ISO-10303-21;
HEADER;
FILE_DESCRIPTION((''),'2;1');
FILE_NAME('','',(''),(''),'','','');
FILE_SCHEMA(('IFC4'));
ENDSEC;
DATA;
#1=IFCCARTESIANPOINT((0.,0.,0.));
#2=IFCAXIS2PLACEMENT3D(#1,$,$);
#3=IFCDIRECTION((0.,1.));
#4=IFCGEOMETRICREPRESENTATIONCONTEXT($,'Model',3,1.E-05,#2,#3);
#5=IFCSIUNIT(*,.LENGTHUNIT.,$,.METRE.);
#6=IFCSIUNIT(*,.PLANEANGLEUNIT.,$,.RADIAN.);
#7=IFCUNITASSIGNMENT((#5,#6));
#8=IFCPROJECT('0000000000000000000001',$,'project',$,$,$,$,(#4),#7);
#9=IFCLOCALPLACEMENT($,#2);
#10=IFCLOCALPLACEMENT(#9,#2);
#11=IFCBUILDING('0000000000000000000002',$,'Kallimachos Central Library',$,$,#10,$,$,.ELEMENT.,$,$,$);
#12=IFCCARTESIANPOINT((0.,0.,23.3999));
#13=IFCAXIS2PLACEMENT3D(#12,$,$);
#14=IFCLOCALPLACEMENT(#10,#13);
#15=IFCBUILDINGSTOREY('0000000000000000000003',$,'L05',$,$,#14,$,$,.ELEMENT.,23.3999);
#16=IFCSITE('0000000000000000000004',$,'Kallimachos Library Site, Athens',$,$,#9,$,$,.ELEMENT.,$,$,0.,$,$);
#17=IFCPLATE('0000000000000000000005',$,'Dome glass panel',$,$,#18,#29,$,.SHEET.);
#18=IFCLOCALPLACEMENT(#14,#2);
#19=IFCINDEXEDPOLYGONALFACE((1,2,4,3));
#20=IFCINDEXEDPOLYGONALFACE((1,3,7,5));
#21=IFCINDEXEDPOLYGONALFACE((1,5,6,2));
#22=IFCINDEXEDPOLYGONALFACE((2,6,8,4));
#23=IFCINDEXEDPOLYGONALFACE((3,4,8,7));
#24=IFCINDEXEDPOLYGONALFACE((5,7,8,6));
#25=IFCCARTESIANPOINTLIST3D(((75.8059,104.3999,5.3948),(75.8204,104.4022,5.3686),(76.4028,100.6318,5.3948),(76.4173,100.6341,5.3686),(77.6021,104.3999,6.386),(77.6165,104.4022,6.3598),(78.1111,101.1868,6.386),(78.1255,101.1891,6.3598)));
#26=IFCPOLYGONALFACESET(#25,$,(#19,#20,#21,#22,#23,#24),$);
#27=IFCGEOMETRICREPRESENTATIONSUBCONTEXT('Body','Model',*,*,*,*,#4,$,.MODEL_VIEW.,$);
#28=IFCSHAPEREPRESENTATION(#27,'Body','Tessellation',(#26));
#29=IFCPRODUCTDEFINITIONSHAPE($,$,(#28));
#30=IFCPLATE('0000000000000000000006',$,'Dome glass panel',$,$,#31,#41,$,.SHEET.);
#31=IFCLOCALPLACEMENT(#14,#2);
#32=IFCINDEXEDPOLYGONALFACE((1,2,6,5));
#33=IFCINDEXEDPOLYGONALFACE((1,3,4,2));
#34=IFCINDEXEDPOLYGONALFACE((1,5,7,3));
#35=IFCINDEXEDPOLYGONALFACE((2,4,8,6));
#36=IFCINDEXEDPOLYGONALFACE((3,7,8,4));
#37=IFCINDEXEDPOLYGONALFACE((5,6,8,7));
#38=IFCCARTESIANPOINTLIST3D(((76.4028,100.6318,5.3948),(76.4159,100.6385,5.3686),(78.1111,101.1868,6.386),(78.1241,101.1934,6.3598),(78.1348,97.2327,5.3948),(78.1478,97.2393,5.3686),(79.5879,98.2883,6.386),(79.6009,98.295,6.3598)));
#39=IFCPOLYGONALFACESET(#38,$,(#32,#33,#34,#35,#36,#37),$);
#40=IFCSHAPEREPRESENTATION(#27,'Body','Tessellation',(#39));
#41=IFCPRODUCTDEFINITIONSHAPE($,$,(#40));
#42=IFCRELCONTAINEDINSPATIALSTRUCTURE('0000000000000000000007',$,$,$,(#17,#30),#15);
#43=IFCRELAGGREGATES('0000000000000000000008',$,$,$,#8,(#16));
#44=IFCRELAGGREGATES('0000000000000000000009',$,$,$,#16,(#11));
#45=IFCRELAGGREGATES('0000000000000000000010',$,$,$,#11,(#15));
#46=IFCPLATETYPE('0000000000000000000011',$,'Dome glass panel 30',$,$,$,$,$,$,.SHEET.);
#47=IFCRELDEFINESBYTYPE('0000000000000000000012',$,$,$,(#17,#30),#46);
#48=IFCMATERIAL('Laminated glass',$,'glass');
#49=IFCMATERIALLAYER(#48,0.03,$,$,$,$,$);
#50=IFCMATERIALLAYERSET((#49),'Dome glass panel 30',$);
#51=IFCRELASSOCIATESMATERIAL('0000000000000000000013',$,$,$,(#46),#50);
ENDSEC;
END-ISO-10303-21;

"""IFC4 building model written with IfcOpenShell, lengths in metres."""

from ifc_helpers import new_model, si_unit, direction, frame, origin, place, context, subcontext, project, spatial, polyline, outline, extrude, material, layer, layer_set, type_object, element, save


model = new_model("IFC4")

# Units and contexts
model_context = context("Model", 3, precision=1e-05, world=origin(), true_north=direction((0.0, 1.0)))
body_context = subcontext(model_context, "Body", "Model", "MODEL_VIEW")
ifc_project = project(units=[si_unit("LENGTHUNIT", "METRE"), si_unit("PLANEANGLEUNIT", "RADIAN")], contexts=[model_context])

# Site, building, storey
site_placement = place(None, origin())
site = spatial("IfcSite", under=ifc_project, at=site_placement, Name="Kallimachos Library Site, Athens", CompositionType="ELEMENT", RefElevation=0.0)
building_placement = place(site_placement, origin())
building = spatial("IfcBuilding", under=site, at=building_placement, Name="Kallimachos Central Library", CompositionType="ELEMENT")
storey_placement = place(building_placement, frame((0.0, 0.0, 23.3999)))
storey = spatial("IfcBuildingStorey", under=building, at=storey_placement, Name="L05", CompositionType="ELEMENT", Elevation=23.3999)

# Plates
ifc_material_1 = material(Name="Laminated glass", Category="glass")
ifc_layer = layer(ifc_material_1, 0.03)
ifc_layer_set = layer_set([ifc_layer], Name="Dome glass panel 30")
plate_type = type_object("IfcPlateType", Name="Dome glass panel 30", PredefinedType="SHEET", material=ifc_layer_set)
plate_1_placement = place(storey_placement, frame((77.6021, 104.3999, 6.386), z_axis=(-0.481754, -0.076319, 0.872977), x_axis=(-0.87553, 0.0, -0.483163)))
element("IfcPlate", 1, at=plate_1_placement, inside=storey, type_object=plate_type, Name="Dome glass panel", PredefinedType="SHEET", context=body_context, shape_type="SweptSolid", body=[
    extrude(outline(polyline([(0.0, 0.0), (2.0515, 0.0), (1.5289, 3.7791), (-0.4457, 3.2225), (0.0, 0.0)])), origin(), (0.0, 0.0, -1.0), 0.03),
])
plate_2_placement = place(storey_placement, frame((78.1111, 101.1868, 6.386), z_axis=(-0.434606, -0.221439, 0.872973), x_axis=(-0.832692, -0.270503, -0.483168)))
element("IfcPlate", 2, at=plate_2_placement, inside=storey, type_object=plate_type, Name="Dome glass panel", PredefinedType="SHEET", context=body_context, shape_type="SweptSolid", body=[
    extrude(outline(polyline([(0.0, 0.0), (2.0515, 0.0), (1.5288, 3.779), (-0.4457, 3.2223), (0.0, 0.0)])), origin(), (0.0, 0.0, -1.0), 0.03),
])

save(model, "model.ifc")
